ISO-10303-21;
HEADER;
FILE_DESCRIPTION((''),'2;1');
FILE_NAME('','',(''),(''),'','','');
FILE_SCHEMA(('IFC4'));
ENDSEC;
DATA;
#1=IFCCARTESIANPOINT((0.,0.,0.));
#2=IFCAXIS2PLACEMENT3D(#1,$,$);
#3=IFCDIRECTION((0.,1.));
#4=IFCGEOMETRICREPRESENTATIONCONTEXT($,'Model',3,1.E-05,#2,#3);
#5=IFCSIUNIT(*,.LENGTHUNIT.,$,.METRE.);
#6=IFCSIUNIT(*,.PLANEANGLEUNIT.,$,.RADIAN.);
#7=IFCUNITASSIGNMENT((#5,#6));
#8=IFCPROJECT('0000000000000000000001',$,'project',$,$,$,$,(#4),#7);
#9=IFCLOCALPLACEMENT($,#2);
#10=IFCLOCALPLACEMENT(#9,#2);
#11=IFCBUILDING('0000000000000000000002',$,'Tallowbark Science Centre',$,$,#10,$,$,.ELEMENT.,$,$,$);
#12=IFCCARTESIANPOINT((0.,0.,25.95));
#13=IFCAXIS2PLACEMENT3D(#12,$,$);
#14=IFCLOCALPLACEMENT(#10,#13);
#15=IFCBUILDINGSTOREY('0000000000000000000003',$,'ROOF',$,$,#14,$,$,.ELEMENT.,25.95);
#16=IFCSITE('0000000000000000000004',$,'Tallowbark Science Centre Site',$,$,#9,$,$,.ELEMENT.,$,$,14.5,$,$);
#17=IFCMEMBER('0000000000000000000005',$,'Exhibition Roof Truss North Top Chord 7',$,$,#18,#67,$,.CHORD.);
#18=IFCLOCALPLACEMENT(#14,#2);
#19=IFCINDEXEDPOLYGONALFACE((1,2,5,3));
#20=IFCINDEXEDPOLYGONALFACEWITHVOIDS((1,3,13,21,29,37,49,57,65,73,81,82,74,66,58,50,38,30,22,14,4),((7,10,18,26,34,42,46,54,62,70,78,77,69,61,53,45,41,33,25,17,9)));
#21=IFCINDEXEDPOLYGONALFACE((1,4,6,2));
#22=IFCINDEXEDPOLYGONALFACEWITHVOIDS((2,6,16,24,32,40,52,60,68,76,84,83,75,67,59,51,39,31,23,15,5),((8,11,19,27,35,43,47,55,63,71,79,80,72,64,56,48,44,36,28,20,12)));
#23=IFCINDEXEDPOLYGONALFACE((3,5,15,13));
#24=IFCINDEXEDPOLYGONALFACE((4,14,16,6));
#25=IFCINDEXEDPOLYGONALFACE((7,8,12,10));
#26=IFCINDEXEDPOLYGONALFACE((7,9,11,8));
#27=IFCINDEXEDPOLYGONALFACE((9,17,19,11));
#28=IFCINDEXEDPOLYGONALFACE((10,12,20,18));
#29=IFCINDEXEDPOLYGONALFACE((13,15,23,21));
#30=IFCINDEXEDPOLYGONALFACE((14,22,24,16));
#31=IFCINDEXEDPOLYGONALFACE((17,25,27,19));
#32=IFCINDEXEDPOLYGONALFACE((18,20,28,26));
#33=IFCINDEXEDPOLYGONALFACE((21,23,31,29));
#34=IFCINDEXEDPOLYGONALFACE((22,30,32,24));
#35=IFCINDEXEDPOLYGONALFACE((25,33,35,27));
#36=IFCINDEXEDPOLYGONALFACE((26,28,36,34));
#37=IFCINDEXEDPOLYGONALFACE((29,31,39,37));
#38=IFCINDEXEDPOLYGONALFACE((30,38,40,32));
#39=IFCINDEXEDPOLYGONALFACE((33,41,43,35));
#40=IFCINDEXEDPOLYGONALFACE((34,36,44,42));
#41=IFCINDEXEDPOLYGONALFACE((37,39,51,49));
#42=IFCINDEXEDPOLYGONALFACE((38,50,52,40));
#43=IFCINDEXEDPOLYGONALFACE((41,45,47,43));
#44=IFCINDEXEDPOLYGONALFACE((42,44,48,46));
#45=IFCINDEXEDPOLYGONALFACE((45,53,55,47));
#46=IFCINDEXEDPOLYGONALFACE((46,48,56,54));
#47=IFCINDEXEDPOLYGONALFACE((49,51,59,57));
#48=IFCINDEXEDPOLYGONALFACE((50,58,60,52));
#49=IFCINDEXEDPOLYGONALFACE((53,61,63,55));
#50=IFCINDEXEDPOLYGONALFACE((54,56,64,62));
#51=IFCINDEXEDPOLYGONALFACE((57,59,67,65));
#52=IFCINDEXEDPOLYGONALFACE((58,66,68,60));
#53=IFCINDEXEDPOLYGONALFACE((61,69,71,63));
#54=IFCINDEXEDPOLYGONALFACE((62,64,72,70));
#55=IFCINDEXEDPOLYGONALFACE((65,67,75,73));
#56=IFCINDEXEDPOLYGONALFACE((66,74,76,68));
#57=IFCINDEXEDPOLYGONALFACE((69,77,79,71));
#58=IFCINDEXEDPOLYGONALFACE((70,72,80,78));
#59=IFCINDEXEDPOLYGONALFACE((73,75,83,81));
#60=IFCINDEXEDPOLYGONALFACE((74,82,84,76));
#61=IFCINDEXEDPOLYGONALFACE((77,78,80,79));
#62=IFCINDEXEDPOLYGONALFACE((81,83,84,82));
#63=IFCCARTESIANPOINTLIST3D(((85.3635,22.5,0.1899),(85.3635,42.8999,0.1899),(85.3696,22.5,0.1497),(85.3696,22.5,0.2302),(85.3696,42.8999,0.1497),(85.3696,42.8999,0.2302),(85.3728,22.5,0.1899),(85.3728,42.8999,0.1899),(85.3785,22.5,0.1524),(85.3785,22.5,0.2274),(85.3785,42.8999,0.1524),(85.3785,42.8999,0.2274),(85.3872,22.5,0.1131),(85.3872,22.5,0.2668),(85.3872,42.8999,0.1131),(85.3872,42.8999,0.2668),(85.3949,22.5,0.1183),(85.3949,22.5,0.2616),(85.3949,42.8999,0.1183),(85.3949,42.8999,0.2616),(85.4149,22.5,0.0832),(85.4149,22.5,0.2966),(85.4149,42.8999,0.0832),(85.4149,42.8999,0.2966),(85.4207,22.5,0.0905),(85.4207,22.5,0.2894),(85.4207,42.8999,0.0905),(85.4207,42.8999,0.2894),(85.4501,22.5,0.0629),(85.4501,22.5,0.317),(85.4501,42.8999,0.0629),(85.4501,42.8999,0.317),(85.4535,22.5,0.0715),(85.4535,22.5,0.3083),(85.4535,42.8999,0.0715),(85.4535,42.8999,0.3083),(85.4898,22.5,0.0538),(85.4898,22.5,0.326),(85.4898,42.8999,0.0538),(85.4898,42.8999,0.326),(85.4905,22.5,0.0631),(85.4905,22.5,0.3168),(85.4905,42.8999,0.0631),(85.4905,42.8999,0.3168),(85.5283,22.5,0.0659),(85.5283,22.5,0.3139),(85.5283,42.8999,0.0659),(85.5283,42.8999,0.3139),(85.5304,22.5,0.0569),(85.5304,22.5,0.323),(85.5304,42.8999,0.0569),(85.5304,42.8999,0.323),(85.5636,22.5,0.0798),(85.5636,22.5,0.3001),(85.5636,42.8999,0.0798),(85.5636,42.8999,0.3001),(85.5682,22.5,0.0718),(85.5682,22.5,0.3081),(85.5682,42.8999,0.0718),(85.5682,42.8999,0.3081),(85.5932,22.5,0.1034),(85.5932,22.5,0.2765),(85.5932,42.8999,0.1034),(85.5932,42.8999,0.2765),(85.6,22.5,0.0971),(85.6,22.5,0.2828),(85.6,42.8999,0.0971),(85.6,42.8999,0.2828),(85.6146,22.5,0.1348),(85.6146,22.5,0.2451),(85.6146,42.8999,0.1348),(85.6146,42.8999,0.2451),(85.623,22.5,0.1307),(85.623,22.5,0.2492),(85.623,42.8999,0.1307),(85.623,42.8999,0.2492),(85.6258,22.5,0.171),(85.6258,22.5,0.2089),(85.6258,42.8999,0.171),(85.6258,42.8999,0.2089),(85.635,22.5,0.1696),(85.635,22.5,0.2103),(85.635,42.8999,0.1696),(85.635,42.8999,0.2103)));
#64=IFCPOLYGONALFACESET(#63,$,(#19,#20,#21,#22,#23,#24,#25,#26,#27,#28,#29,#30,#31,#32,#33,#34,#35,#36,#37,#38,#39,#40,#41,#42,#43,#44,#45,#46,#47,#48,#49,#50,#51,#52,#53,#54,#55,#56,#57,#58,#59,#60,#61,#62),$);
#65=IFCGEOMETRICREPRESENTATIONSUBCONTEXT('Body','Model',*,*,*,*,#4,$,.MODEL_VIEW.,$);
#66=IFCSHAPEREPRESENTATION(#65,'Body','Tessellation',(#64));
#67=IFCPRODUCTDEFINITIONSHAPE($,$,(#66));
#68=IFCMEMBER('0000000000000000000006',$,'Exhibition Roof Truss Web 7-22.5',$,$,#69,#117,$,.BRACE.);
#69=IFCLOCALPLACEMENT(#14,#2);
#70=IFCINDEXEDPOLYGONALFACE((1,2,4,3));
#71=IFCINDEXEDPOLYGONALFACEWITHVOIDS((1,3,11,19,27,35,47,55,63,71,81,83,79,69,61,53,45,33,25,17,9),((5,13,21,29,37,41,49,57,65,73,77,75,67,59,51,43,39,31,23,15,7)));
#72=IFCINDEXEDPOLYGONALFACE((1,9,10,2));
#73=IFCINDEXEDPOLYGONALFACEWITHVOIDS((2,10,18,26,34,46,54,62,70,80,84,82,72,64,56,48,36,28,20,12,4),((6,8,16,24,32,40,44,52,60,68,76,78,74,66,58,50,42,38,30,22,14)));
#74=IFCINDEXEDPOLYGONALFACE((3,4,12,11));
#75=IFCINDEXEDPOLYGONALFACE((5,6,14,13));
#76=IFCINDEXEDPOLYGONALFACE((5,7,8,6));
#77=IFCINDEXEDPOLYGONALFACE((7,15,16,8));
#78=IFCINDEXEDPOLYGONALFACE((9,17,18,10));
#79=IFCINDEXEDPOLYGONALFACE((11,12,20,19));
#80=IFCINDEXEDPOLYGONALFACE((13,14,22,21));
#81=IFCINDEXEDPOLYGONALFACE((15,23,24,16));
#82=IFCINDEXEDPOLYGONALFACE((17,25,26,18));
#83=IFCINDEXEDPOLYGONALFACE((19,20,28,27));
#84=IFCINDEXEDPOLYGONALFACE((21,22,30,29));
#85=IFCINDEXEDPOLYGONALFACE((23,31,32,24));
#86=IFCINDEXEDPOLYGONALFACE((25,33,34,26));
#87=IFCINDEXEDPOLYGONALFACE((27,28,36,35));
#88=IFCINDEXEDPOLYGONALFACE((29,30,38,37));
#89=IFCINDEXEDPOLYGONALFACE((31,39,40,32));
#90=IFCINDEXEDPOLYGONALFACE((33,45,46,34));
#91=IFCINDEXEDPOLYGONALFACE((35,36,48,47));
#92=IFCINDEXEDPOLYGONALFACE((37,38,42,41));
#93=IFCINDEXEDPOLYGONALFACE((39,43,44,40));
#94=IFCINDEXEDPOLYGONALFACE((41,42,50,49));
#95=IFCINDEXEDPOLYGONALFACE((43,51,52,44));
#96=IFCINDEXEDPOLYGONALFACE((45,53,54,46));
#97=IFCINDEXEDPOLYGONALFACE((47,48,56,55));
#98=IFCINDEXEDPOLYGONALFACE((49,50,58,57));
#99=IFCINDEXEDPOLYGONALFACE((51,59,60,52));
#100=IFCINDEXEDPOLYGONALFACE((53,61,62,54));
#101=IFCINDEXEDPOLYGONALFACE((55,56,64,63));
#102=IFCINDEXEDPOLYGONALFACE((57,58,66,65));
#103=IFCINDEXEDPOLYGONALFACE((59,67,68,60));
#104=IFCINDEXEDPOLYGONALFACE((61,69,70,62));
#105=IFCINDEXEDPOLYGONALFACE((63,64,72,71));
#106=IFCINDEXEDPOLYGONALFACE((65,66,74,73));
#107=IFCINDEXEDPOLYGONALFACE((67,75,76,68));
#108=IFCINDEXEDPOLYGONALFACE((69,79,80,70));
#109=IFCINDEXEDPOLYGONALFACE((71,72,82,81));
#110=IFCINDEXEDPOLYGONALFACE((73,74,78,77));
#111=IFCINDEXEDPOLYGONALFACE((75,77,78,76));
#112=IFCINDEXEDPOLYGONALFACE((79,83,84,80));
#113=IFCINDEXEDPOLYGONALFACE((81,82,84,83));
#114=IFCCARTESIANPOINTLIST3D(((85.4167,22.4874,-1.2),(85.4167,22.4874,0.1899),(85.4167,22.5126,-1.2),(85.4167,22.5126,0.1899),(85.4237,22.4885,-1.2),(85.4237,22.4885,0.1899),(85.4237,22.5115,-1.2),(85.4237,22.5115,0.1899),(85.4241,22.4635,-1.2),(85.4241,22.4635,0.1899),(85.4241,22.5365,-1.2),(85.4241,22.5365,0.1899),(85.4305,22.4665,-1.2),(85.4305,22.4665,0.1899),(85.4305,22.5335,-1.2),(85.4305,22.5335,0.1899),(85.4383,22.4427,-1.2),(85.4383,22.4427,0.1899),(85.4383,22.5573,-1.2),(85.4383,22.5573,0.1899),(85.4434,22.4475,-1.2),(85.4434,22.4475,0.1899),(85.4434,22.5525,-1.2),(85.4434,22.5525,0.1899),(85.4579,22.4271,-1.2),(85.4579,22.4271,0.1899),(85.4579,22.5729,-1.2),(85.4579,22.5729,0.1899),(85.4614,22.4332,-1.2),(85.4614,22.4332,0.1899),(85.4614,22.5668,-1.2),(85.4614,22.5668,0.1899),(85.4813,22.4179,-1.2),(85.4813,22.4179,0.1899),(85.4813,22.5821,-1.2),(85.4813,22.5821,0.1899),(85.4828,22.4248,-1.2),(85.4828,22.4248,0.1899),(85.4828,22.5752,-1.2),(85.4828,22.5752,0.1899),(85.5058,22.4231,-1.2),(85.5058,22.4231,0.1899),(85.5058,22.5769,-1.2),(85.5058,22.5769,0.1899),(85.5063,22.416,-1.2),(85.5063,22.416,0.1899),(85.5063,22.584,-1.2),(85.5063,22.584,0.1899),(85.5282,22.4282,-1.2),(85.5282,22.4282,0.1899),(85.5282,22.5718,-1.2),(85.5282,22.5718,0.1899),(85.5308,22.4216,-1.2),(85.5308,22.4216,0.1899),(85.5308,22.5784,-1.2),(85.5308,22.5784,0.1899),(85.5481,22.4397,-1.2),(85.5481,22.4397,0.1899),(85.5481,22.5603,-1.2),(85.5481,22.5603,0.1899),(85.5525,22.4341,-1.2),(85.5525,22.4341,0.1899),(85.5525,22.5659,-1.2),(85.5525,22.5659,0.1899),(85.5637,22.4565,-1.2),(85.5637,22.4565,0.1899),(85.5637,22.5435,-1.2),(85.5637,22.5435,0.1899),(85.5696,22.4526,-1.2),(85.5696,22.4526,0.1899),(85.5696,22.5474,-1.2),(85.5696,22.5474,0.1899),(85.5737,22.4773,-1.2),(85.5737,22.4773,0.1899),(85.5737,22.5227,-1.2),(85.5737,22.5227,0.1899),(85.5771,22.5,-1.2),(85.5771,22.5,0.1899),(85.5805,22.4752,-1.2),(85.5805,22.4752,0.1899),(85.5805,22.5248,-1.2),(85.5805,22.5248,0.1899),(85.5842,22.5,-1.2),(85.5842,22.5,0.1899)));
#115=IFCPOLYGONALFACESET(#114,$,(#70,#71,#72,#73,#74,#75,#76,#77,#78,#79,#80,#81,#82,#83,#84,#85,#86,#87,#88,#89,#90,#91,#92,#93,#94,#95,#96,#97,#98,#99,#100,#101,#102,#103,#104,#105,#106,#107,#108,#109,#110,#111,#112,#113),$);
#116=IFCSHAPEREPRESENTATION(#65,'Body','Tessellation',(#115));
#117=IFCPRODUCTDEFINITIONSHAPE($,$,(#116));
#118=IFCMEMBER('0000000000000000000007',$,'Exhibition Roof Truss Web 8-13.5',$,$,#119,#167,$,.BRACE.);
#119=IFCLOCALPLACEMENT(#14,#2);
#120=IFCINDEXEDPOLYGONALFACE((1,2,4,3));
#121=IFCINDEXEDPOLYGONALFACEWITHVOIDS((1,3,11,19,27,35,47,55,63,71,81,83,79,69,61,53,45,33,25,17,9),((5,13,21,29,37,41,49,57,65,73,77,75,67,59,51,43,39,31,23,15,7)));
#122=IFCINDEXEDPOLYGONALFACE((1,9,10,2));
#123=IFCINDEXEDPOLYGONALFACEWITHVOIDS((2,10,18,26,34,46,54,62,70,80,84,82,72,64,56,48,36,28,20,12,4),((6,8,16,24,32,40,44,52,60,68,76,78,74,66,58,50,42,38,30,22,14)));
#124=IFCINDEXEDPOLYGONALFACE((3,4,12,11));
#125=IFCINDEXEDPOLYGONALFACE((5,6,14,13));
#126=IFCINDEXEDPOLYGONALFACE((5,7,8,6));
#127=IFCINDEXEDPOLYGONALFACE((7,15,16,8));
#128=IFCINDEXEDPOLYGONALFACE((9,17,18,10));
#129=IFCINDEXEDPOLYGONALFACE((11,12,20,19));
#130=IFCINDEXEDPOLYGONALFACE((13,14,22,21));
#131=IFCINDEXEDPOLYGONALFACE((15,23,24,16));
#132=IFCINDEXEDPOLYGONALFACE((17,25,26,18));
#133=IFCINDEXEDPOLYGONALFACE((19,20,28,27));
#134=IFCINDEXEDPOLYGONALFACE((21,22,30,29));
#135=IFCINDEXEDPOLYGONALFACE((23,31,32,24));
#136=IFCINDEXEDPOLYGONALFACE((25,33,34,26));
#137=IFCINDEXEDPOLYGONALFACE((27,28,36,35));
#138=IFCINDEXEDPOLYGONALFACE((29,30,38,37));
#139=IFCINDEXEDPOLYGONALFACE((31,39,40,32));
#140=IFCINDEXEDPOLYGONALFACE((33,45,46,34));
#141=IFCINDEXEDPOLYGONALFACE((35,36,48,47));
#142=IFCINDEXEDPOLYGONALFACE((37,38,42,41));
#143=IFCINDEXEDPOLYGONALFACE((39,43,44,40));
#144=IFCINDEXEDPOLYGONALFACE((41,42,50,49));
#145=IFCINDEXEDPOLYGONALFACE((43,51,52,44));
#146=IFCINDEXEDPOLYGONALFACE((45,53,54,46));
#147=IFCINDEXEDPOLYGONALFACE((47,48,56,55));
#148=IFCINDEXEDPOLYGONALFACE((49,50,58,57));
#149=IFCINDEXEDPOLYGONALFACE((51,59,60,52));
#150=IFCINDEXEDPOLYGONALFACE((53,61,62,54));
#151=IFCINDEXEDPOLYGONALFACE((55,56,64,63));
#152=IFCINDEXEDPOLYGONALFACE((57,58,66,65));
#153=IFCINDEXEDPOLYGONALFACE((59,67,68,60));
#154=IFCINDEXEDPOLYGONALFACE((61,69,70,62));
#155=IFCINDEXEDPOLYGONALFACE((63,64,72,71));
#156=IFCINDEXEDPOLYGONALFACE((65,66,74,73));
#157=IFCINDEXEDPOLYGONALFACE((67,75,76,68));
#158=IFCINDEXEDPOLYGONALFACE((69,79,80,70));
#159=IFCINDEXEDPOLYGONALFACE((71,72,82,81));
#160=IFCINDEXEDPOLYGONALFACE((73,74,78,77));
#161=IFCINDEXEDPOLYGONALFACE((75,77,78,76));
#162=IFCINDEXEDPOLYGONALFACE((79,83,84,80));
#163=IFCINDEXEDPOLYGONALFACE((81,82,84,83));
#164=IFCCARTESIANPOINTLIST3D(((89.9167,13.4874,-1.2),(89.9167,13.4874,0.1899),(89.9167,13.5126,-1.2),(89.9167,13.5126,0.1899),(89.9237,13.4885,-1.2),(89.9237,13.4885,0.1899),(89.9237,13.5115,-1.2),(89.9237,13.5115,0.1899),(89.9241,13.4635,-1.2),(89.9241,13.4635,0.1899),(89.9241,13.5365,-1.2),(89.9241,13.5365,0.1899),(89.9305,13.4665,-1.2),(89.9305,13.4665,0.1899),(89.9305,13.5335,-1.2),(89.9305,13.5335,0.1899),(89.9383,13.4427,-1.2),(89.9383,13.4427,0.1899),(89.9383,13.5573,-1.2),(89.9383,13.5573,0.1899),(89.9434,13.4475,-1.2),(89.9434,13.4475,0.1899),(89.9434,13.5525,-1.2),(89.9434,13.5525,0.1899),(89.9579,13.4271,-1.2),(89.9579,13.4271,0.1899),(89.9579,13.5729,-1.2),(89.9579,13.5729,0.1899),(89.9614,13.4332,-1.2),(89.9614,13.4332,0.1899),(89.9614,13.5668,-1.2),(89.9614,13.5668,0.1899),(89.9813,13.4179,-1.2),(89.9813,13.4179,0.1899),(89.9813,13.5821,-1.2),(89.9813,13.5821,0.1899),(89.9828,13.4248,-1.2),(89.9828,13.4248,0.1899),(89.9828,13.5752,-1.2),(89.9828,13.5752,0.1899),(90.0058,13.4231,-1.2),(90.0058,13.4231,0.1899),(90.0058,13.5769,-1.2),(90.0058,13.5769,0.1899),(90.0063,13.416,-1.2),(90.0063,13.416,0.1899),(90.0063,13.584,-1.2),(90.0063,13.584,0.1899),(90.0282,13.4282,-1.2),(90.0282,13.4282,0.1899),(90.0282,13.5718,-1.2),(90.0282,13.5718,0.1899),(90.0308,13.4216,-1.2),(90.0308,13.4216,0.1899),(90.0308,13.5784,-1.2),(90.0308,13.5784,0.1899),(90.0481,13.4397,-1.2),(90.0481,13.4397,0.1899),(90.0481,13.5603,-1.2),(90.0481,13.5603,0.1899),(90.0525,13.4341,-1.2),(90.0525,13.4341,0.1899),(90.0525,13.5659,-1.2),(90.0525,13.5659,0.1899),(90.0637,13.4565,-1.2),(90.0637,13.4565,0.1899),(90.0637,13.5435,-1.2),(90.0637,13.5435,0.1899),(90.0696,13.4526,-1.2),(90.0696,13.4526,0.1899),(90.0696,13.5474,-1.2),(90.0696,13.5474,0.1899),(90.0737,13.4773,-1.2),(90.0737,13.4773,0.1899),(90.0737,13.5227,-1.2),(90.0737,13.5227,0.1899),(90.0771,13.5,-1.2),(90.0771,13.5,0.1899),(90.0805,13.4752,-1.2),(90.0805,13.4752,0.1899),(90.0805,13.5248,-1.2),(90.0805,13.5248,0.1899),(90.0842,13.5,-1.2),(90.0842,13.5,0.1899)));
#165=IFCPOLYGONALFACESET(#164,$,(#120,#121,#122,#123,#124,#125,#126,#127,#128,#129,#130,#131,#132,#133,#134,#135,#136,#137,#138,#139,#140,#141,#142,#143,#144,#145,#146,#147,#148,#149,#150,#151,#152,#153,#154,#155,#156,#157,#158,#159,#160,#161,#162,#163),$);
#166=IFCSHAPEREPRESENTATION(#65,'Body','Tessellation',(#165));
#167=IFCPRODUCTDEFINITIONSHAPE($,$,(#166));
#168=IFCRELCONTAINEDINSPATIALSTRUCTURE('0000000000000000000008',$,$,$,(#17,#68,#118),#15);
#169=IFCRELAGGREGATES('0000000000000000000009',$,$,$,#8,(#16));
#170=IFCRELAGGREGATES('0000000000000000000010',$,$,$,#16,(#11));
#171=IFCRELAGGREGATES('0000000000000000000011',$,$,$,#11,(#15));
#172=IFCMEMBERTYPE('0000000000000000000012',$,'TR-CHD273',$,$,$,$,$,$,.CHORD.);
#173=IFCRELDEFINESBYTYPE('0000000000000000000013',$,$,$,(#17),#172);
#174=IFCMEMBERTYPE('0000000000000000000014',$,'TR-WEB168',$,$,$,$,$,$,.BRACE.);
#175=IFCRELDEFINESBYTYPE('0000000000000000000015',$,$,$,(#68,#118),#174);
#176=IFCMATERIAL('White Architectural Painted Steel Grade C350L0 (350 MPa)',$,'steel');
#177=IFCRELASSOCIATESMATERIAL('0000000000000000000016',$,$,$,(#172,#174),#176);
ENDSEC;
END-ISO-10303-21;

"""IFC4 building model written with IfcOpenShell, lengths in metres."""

from ifc_helpers import new_model, si_unit, direction, frame, origin, origin_2d, place, context, subcontext, project, spatial, hollow_circle, extrude, material, material_profile, profile_set, type_object, element, save


model = new_model("IFC4")

# Units and contexts
model_context = context("Model", 3, precision=1e-05, world=origin(), true_north=direction((0.0, 1.0)))
body_context = subcontext(model_context, "Body", "Model", "MODEL_VIEW")
ifc_project = project(units=[si_unit("LENGTHUNIT", "METRE"), si_unit("PLANEANGLEUNIT", "RADIAN")], contexts=[model_context])

# Site, building, storey
site_placement = place(None, origin())
site = spatial("IfcSite", under=ifc_project, at=site_placement, Name="Tallowbark Science Centre Site", CompositionType="ELEMENT", RefElevation=14.5)
building_placement = place(site_placement, origin())
building = spatial("IfcBuilding", under=site, at=building_placement, Name="Tallowbark Science Centre", CompositionType="ELEMENT")
storey_placement = place(building_placement, frame((0.0, 0.0, 25.95)))
storey = spatial("IfcBuildingStorey", under=building, at=storey_placement, Name="ROOF", CompositionType="ELEMENT", Elevation=25.95)

# Members
ifc_material_1 = material(Name="White Architectural Painted Steel Grade C350L0 (350 MPa)", Category="steel")
ifc_material_profile_1 = material_profile(ifc_material_1, hollow_circle(Radius=0.1365, WallThickness=0.0093, at=origin_2d()), Name="273.1x9.3CHS")
ifc_profile_set_1 = profile_set([ifc_material_profile_1], Name="White Architectural Painted Steel Grade C350L0 (350 MPa)")
member_type_1 = type_object("IfcMemberType", Name="TR-CHD273", PredefinedType="CHORD", material=ifc_profile_set_1)
member_1_placement = place(storey_placement, frame((85.5, 22.5, 0.1899), z_axis=(0.0, 1.0, 0.0), x_axis=(-1.0, 0.0, 0.0)))
element("IfcMember", 1, at=member_1_placement, inside=storey, type_object=member_type_1, Name="Exhibition Roof Truss North Top Chord 7", PredefinedType="CHORD", context=body_context, shape_type="SweptSolid", body=[
    extrude(hollow_circle(Radius=0.1365, WallThickness=0.0093, at=origin_2d()), origin(), (0.0, 0.0, 1.0), 20.3999),
])
ifc_material_profile_2 = material_profile(ifc_material_1, hollow_circle(Radius=0.0842, WallThickness=0.0071, at=origin_2d()), Name="168.3x7.1CHS")
ifc_profile_set_2 = profile_set([ifc_material_profile_2], Name="White Architectural Painted Steel Grade C350L0 (350 MPa)")
member_type_2 = type_object("IfcMemberType", Name="TR-WEB168", PredefinedType="BRACE", material=ifc_profile_set_2)
for number, where, z_axis, x_axis, name in (
    (2, (85.5, 22.5, -1.2), (0.0, 0.0, 1.0), (1.0, 0.0, 0.0), "Exhibition Roof Truss Web 7-22.5"),
    (3, (90.0, 13.5, -1.2), (0.0, 0.0, 1.0), (1.0, 0.0, 0.0), "Exhibition Roof Truss Web 8-13.5"),
):
    element("IfcMember", number, at=place(storey_placement, frame(where, z_axis=z_axis, x_axis=x_axis)), inside=storey, type_object=member_type_2, Name=name, PredefinedType="BRACE", context=body_context, shape_type="SweptSolid", body=[
        extrude(hollow_circle(Radius=0.0842, WallThickness=0.0071, at=origin_2d()), origin(), (0.0, 0.0, 1.0), 1.3899),
    ])

save(model, "model.ifc")
